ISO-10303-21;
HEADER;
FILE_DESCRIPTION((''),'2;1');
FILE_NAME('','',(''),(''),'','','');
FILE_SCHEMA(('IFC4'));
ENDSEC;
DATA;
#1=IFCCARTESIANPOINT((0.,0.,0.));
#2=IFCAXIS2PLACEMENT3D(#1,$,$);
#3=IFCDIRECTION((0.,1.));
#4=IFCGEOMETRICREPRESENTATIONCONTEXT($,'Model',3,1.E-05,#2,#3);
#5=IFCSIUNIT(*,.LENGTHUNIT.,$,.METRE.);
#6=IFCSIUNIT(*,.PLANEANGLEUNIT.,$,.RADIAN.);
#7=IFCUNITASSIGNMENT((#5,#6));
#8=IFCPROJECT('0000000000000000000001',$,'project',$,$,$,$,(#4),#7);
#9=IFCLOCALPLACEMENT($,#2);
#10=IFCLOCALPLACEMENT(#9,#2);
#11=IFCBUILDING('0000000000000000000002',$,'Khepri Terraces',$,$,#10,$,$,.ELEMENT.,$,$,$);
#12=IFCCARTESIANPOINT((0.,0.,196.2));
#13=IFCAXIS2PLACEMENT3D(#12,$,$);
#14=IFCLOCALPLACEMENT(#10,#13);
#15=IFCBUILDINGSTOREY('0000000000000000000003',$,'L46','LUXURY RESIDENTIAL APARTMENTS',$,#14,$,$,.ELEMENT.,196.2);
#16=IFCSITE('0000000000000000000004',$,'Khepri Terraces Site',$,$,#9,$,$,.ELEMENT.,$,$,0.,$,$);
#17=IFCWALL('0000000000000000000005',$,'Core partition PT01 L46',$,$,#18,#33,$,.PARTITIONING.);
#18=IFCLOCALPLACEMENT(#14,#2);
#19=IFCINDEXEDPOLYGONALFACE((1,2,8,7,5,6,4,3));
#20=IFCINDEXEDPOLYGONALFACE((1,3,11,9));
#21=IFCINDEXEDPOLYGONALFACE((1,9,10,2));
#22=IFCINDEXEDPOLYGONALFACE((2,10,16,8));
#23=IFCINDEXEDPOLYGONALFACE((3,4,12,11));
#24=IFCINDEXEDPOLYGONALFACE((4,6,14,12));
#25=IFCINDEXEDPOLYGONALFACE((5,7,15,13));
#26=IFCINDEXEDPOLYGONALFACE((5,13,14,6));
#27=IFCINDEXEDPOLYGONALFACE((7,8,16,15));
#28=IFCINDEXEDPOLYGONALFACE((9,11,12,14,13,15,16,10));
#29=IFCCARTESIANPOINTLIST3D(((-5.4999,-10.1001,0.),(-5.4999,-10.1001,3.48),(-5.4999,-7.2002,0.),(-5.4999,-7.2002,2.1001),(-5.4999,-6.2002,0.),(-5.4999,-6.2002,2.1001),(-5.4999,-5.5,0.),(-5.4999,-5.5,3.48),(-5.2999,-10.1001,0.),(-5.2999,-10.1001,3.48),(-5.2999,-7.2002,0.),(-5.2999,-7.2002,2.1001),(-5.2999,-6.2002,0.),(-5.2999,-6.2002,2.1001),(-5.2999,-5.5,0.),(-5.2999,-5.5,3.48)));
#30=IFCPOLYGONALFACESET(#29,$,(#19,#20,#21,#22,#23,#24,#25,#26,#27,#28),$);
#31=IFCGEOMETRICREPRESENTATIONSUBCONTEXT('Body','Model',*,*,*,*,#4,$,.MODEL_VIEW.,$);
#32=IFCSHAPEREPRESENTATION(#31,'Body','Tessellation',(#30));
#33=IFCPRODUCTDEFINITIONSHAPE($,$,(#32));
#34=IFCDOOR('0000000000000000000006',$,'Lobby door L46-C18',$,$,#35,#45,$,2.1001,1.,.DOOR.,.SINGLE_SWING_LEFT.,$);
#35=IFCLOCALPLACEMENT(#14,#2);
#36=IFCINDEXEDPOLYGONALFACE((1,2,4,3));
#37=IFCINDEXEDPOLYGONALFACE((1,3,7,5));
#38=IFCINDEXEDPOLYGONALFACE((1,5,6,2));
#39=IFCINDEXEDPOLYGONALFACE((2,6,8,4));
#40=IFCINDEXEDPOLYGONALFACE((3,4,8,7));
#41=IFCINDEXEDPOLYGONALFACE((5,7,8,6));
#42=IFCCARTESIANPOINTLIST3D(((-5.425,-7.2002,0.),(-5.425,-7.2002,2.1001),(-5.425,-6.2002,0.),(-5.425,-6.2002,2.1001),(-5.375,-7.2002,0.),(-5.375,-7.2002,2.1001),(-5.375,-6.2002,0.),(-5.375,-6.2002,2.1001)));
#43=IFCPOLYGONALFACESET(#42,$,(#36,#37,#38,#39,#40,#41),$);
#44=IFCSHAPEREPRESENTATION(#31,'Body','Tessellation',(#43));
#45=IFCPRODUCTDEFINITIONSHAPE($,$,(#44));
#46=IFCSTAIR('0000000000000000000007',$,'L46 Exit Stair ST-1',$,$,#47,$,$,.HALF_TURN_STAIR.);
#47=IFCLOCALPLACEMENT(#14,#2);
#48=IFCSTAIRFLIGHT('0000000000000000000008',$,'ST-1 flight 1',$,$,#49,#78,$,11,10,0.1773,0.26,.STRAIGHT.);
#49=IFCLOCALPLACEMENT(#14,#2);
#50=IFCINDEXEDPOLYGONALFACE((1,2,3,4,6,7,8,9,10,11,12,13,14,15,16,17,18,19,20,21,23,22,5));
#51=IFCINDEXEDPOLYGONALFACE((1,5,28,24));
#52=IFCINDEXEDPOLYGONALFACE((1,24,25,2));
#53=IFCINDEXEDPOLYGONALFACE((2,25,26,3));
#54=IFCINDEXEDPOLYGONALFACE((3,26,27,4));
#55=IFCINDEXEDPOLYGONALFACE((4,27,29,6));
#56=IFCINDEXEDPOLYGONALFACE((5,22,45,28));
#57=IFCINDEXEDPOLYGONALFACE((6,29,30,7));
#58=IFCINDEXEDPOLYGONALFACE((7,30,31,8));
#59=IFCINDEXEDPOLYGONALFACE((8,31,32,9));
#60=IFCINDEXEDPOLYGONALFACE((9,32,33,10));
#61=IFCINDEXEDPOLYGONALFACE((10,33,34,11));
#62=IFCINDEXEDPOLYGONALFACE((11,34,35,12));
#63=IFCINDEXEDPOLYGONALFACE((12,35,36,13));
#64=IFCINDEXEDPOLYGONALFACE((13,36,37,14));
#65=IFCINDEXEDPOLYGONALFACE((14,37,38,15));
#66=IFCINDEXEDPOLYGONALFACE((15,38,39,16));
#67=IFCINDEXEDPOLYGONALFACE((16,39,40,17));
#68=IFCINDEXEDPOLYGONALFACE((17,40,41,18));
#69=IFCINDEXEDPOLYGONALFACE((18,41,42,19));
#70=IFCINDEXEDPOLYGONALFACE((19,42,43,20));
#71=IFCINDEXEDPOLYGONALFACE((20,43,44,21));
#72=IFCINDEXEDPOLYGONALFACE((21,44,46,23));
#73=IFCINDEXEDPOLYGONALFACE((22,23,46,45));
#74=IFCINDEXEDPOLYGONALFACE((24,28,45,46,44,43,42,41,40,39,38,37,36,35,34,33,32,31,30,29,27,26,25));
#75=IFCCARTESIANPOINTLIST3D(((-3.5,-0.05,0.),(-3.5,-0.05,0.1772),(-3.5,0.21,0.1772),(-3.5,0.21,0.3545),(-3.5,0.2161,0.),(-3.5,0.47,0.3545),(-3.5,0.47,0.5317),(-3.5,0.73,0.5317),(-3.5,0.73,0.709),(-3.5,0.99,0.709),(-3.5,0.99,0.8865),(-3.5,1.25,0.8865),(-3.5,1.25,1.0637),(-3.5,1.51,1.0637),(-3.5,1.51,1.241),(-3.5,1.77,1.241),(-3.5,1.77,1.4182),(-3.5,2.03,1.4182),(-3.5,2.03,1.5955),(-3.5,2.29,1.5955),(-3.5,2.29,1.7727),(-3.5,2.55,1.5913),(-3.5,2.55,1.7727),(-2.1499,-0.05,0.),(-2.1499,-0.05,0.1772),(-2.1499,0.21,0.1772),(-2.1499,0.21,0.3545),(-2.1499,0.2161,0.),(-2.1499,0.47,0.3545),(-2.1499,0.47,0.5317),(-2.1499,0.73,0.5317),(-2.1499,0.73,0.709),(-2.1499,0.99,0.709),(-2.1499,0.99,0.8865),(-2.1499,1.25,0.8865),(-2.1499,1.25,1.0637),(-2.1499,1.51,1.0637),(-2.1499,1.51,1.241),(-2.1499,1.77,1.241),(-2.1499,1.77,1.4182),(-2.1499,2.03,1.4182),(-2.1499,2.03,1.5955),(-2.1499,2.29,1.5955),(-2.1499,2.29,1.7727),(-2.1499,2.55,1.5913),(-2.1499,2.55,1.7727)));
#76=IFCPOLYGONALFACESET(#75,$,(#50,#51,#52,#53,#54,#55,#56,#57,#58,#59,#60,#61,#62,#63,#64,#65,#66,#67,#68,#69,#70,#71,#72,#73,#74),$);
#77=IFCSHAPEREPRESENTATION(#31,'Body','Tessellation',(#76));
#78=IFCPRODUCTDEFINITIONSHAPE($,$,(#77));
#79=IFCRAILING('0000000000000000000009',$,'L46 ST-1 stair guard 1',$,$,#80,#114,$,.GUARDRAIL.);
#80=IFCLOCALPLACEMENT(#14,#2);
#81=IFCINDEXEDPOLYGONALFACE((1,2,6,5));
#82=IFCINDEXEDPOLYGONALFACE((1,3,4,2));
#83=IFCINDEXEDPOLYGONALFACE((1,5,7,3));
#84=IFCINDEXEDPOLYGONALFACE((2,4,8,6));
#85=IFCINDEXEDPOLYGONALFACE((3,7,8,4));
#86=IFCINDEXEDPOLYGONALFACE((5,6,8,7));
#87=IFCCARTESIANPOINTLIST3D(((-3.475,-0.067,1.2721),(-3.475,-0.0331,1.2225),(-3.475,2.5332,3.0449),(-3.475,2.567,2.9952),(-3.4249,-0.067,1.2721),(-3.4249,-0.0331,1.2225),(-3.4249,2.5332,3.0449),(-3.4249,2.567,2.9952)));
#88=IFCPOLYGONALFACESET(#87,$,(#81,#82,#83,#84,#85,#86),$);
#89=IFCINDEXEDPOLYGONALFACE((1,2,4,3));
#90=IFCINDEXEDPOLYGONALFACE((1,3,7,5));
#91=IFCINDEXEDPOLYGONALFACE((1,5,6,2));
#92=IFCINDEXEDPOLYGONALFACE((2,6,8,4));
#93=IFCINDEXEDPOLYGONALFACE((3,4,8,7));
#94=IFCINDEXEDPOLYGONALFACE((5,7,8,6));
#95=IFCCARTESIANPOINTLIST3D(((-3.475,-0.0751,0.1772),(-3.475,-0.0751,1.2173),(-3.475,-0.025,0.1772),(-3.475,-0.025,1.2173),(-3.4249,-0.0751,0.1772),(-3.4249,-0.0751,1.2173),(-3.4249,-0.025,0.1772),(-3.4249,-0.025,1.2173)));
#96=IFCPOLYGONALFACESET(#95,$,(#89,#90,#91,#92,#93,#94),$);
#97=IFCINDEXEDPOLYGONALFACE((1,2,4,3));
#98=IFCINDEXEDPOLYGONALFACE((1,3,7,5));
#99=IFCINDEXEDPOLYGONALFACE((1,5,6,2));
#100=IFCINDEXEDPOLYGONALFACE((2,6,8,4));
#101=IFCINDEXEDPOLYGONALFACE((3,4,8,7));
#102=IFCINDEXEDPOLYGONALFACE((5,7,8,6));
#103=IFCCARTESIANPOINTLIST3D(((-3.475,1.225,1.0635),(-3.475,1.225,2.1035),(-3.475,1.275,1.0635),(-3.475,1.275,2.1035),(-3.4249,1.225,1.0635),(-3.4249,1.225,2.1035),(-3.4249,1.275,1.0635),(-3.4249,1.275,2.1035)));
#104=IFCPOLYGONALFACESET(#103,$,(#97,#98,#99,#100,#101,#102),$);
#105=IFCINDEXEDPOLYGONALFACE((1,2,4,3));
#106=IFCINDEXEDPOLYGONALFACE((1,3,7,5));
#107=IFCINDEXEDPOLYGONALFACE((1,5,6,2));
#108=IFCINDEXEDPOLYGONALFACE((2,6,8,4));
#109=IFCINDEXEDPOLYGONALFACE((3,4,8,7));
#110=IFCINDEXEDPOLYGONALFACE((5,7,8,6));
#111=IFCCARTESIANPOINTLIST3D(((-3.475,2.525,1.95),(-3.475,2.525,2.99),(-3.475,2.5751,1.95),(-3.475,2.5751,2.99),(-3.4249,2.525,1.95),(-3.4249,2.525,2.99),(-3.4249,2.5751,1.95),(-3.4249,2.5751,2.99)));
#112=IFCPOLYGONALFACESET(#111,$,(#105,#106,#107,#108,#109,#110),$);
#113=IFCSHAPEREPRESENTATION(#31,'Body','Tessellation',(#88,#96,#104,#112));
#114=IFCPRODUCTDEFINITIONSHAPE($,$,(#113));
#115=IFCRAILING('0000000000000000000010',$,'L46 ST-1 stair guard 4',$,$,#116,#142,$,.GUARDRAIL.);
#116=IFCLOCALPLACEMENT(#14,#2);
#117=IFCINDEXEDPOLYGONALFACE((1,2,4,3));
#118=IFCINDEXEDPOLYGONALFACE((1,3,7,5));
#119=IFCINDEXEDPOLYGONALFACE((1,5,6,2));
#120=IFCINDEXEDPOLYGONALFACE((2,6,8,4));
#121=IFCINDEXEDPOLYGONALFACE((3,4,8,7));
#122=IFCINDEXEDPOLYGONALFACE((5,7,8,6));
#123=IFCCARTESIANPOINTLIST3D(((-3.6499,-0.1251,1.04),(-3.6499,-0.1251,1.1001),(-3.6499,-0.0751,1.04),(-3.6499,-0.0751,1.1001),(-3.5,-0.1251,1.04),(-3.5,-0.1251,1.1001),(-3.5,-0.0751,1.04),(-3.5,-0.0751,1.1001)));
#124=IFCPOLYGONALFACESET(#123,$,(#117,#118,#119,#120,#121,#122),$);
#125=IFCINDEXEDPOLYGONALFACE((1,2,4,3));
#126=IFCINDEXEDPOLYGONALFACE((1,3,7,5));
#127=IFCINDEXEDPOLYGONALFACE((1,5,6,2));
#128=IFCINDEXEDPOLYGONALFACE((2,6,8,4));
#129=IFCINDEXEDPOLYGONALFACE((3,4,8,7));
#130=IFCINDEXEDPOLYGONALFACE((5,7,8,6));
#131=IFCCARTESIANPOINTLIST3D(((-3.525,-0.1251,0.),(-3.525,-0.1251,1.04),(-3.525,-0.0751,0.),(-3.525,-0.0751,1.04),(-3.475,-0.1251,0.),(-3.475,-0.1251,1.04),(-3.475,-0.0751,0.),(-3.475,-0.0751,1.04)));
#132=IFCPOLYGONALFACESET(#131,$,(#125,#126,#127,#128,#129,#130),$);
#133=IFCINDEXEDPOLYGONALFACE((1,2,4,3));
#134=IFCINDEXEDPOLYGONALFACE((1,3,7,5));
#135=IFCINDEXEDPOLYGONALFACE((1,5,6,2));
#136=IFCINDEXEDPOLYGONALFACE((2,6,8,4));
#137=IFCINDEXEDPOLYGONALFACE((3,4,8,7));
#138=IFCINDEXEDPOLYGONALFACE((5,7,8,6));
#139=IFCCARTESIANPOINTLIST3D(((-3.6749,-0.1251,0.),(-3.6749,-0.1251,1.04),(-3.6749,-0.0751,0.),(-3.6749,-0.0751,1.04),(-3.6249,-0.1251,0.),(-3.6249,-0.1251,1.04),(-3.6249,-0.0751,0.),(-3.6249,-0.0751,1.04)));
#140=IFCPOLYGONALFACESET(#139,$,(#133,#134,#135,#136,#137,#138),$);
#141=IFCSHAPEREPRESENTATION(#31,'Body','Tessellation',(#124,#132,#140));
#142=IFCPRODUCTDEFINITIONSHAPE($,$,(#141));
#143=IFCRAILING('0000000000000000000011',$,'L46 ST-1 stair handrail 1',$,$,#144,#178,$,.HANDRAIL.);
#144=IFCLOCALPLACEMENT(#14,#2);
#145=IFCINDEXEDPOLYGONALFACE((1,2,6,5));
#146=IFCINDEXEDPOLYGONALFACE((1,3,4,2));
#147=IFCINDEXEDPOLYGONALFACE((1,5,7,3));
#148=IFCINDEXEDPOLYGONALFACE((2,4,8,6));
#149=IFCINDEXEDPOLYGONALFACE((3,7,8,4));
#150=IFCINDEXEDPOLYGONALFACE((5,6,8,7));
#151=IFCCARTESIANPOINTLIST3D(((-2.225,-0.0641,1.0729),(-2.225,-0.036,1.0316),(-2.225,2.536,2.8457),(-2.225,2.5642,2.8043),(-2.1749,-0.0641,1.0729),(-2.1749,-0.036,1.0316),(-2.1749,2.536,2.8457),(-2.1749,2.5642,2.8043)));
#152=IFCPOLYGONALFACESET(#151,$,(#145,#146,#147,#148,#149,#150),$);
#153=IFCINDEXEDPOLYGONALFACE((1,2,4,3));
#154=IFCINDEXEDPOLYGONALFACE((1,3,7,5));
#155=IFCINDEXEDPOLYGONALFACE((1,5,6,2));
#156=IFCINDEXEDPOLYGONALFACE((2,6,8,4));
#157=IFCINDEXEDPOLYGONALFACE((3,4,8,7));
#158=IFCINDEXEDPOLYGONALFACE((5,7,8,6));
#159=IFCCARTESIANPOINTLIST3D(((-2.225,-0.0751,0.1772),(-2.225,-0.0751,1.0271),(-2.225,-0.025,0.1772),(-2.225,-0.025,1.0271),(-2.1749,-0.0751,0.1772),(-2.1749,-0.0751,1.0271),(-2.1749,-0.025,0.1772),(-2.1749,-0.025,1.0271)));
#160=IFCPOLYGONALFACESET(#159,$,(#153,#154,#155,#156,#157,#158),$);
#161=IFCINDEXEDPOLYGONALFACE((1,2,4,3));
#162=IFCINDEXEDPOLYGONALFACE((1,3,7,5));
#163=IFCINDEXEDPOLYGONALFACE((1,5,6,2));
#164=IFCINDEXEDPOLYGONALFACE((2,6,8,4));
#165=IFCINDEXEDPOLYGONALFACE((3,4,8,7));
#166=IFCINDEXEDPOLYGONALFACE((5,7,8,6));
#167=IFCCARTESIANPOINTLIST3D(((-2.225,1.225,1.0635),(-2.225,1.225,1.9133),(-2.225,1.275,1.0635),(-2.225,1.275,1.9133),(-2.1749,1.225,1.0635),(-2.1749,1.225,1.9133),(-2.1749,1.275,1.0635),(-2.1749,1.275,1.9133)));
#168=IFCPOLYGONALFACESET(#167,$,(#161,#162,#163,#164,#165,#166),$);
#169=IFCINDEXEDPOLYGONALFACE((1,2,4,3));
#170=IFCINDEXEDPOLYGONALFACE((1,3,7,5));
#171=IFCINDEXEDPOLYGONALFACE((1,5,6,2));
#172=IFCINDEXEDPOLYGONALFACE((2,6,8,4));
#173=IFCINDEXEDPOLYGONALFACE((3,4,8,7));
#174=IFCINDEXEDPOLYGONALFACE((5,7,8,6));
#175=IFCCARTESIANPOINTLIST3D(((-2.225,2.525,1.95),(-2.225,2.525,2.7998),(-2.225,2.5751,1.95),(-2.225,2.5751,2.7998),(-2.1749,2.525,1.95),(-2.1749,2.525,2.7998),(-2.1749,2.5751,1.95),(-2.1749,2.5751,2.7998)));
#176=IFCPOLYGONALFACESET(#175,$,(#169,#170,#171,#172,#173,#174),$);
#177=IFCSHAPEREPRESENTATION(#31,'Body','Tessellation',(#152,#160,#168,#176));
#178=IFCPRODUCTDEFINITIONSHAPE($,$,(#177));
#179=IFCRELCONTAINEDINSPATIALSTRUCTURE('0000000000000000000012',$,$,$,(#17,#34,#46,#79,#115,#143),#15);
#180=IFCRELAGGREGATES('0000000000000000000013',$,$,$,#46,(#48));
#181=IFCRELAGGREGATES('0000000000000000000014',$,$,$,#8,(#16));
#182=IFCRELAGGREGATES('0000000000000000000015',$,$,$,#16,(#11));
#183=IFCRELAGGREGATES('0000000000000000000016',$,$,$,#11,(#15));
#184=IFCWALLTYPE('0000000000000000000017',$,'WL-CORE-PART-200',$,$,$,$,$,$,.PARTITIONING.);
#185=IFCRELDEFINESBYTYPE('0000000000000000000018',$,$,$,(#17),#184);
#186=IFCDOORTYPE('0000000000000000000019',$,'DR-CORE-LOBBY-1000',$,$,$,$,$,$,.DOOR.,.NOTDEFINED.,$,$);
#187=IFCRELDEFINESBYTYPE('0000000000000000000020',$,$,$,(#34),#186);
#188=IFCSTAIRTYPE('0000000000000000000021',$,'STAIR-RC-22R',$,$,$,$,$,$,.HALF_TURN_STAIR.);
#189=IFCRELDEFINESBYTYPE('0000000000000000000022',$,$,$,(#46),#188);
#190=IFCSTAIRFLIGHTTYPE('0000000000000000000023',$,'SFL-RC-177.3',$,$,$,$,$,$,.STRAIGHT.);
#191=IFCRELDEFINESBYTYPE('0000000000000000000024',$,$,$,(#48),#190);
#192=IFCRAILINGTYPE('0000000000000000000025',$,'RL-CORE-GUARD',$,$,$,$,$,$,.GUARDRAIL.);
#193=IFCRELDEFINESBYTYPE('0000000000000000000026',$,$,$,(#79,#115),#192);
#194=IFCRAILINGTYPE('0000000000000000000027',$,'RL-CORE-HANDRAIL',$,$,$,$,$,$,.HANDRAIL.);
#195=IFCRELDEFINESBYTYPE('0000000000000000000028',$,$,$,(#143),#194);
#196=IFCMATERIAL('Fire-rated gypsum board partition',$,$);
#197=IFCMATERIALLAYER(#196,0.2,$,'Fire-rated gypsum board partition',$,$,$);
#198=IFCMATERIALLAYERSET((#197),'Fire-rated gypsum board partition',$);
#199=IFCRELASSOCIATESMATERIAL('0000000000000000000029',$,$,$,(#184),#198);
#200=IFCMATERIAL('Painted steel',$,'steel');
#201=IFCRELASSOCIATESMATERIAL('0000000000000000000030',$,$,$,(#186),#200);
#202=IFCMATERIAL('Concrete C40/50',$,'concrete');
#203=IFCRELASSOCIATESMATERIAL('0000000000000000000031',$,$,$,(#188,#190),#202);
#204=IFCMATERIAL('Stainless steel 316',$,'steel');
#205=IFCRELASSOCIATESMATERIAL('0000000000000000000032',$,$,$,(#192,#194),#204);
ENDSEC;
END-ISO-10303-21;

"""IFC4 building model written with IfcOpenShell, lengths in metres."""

from ifc_helpers import new_model, si_unit, direction, frame, frame_2d, origin, origin_2d, place, context, subcontext, project, spatial, polyline, rectangle, outline, extrude, material, layer, layer_set, type_object, element, fill, aggregate, save


model = new_model("IFC4")

# Units and contexts
model_context = context("Model", 3, precision=1e-05, world=origin(), true_north=direction((0.0, 1.0)))
body_context = subcontext(model_context, "Body", "Model", "MODEL_VIEW")
ifc_project = project(units=[si_unit("LENGTHUNIT", "METRE"), si_unit("PLANEANGLEUNIT", "RADIAN")], contexts=[model_context])

# Site, building, storey
site_placement = place(None, origin())
site = spatial("IfcSite", under=ifc_project, at=site_placement, Name="Khepri Terraces Site", CompositionType="ELEMENT", RefElevation=0.0)
building_placement = place(site_placement, origin())
building = spatial("IfcBuilding", under=site, at=building_placement, Name="Khepri Terraces", CompositionType="ELEMENT")
storey_placement = place(building_placement, frame((0.0, 0.0, 196.2)))
storey = spatial("IfcBuildingStorey", under=building, at=storey_placement, Name="L46", Description="LUXURY RESIDENTIAL APARTMENTS", CompositionType="ELEMENT", Elevation=196.2)

# Shared definitions
ifc_material_1 = material(Name="Painted steel", Category="steel")

# Shared definitions
ifc_material_2 = material(Name="Fire-rated gypsum board partition")

# Wall, opening, door
ifc_layer_1 = layer(ifc_material_2, 0.2, Name="Fire-rated gypsum board partition")
ifc_layer_set_1 = layer_set([ifc_layer_1], Name="Fire-rated gypsum board partition")
wall_type_1 = type_object("IfcWallType", Name="WL-CORE-PART-200", PredefinedType="PARTITIONING", material=ifc_layer_set_1)
wall_1_placement = place(storey_placement, frame((-5.3999, -10.1001, 0.0), z_axis=(0.0, 0.0, 1.0), x_axis=(0.0, 1.0, 0.0)))
wall_1 = element("IfcWall", 1, at=wall_1_placement, inside=storey, type_object=wall_type_1, Name="Core partition PT01 L46", PredefinedType="PARTITIONING", context=body_context, shape_type="SweptSolid", body=[
    extrude(rectangle(XDim=4.6001, YDim=0.2, at=frame_2d((2.3, 0.0))), origin(), (0.0, 0.0, 1.0), 3.48),
])
opening_1_placement = place(wall_1_placement, frame((2.8999, 0.0, 0.0)))
opening_1 = element("IfcOpeningElement", 2, at=opening_1_placement, cuts=wall_1, PredefinedType="OPENING", context=body_context, shape_type="SweptSolid", body=[
    extrude(rectangle(XDim=1.0, YDim=2.1001, at=frame_2d((0.5, 1.05))), frame((0.0, 0.1099, 0.0), z_axis=(0.0, -1.0, 0.0), x_axis=(1.0, 0.0, 0.0)), (0.0, 0.0, 1.0), 0.22),
])
door_type_1 = type_object("IfcDoorType", Name="DR-CORE-LOBBY-1000", OperationType="NOTDEFINED", PredefinedType="DOOR", material=ifc_material_1)
door_1_placement = place(opening_1_placement, frame((1.0, 0.0, 0.0), z_axis=(0.0, 0.0, 1.0), x_axis=(-1.0, 0.0, 0.0)))
door_1 = element("IfcDoor", 3, at=door_1_placement, inside=storey, type_object=door_type_1, Name="Lobby door L46-C18", OperationType="SINGLE_SWING_LEFT", OverallHeight=2.1001, OverallWidth=1.0, PredefinedType="DOOR", context=body_context, shape_type="SweptSolid", body=[
    extrude(rectangle(XDim=1.0, YDim=2.1001, at=frame_2d((0.5, 1.05))), frame((0.0, 0.0249, 0.0), z_axis=(0.0, -1.0, 0.0), x_axis=(1.0, 0.0, 0.0)), (0.0, 0.0, 1.0), 0.05),
])
fill(opening_1, door_1)

# Stair, stair flight
ifc_material_3 = material(Name="Concrete C40/50", Category="concrete")
stair_type = type_object("IfcStairType", Name="STAIR-RC-22R", PredefinedType="HALF_TURN_STAIR", material=ifc_material_3)
stair_placement = place(storey_placement, origin())
stair = element("IfcStair", 4, at=stair_placement, inside=storey, type_object=stair_type, Name="L46 Exit Stair ST-1", PredefinedType="HALF_TURN_STAIR")
stair_flight_type = type_object("IfcStairFlightType", Name="SFL-RC-177.3", PredefinedType="STRAIGHT", material=ifc_material_3)
stair_flight_placement = place(storey_placement, frame((-2.825, -0.05, 0.0), z_axis=(0.0, 0.0, 1.0), x_axis=(0.0, 1.0, 0.0)))
stair_flight = element("IfcStairFlight", 5, at=stair_flight_placement, type_object=stair_flight_type, Name="ST-1 flight 1", NumberOfRisers=11, NumberOfTreads=10, PredefinedType="STRAIGHT", RiserHeight=0.1773, TreadLength=0.26, context=body_context, shape_type="SweptSolid", body=[
    extrude(outline(polyline([(0.0, 0.0), (0.0, 0.1772), (0.26, 0.1772), (0.26, 0.3545), (0.52, 0.3545), (0.52, 0.5317), (0.78, 0.5317), (0.78, 0.709), (1.04, 0.709), (1.04, 0.8865), (1.3, 0.8865), (1.3, 1.0637), (1.5601, 1.0637), (1.5601, 1.241), (1.8201, 1.241), (1.8201, 1.4182), (2.0801, 1.4182), (2.0801, 1.5955), (2.3401, 1.5955), (2.3401, 1.7727), (2.6001, 1.7727), (2.6001, 1.95), (2.6001, 1.5913), (0.2661, 0.0), (0.0, 0.0)])), frame((0.0, 0.675, 0.0), z_axis=(0.0, -1.0, 0.0), x_axis=(1.0, 0.0, 0.0)), (0.0, 0.0, 1.0), 1.3501),
])
aggregate(stair, [stair_flight])

# Railings
ifc_material_4 = material(Name="Stainless steel 316", Category="steel")
railing_type_1 = type_object("IfcRailingType", Name="RL-CORE-GUARD", PredefinedType="GUARDRAIL", material=ifc_material_4)
railing_1_placement = place(storey_placement, frame((-3.45, -0.05, 0.1772)))
element("IfcRailing", 6, at=railing_1_placement, inside=storey, type_object=railing_type_1, Name="L46 ST-1 stair guard 1", PredefinedType="GUARDRAIL", context=body_context, shape_type="SweptSolid", body=[
    extrude(rectangle(XDim=0.05, YDim=0.0601, at=origin_2d()), frame((0.0, 0.0, 1.0701), z_axis=(0.0, 0.82624, 0.563318), x_axis=(-1.0, 0.0, 0.0)), (0.0, 0.0, 1.0), 3.147),
    extrude(rectangle(XDim=0.05, YDim=0.05, at=origin_2d()), origin(), (0.0, 0.0, 1.0), 1.04),
    extrude(rectangle(XDim=0.05, YDim=0.05, at=origin_2d()), frame((0.0, 1.3, 0.8862)), (0.0, 0.0, 1.0), 1.04),
    extrude(rectangle(XDim=0.05, YDim=0.05, at=origin_2d()), frame((0.0, 2.6001, 1.7727)), (0.0, 0.0, 1.0), 1.04),
])
railing_2_placement = place(storey_placement, frame((-3.5, -0.1001, 0.0)))
element("IfcRailing", 7, at=railing_2_placement, inside=storey, type_object=railing_type_1, Name="L46 ST-1 stair guard 4", PredefinedType="GUARDRAIL", context=body_context, shape_type="SweptSolid", body=[
    extrude(rectangle(XDim=0.05, YDim=0.0601, at=origin_2d()), frame((0.0, 0.0, 1.0701), z_axis=(-1.0, 0.0, 0.0), x_axis=(0.0, -1.0, 0.0)), (0.0, 0.0, 1.0), 0.1499),
    extrude(rectangle(XDim=0.05, YDim=0.05, at=origin_2d()), origin(), (0.0, 0.0, 1.0), 1.04),
    extrude(rectangle(XDim=0.05, YDim=0.05, at=origin_2d()), frame((-0.1499, 0.0, 0.0)), (0.0, 0.0, 1.0), 1.04),
])
railing_type_2 = type_object("IfcRailingType", Name="RL-CORE-HANDRAIL", PredefinedType="HANDRAIL", material=ifc_material_4)
railing_3_placement = place(storey_placement, frame((-2.2, -0.05, 0.1772)))
element("IfcRailing", 8, at=railing_3_placement, inside=storey, type_object=railing_type_2, Name="L46 ST-1 stair handrail 1", PredefinedType="HANDRAIL", context=body_context, shape_type="SweptSolid", body=[
    extrude(rectangle(XDim=0.05, YDim=0.05, at=origin_2d()), frame((0.0, 0.0, 0.875), z_axis=(0.0, 0.82624, 0.563318), x_axis=(-1.0, 0.0, 0.0)), (0.0, 0.0, 1.0), 3.147),
    extrude(rectangle(XDim=0.05, YDim=0.05, at=origin_2d()), origin(), (0.0, 0.0, 1.0), 0.8499),
    extrude(rectangle(XDim=0.05, YDim=0.05, at=origin_2d()), frame((0.0, 1.3, 0.8862)), (0.0, 0.0, 1.0), 0.8499),
    extrude(rectangle(XDim=0.05, YDim=0.05, at=origin_2d()), frame((0.0, 2.6001, 1.7727)), (0.0, 0.0, 1.0), 0.8499),
])

save(model, "model.ifc")
